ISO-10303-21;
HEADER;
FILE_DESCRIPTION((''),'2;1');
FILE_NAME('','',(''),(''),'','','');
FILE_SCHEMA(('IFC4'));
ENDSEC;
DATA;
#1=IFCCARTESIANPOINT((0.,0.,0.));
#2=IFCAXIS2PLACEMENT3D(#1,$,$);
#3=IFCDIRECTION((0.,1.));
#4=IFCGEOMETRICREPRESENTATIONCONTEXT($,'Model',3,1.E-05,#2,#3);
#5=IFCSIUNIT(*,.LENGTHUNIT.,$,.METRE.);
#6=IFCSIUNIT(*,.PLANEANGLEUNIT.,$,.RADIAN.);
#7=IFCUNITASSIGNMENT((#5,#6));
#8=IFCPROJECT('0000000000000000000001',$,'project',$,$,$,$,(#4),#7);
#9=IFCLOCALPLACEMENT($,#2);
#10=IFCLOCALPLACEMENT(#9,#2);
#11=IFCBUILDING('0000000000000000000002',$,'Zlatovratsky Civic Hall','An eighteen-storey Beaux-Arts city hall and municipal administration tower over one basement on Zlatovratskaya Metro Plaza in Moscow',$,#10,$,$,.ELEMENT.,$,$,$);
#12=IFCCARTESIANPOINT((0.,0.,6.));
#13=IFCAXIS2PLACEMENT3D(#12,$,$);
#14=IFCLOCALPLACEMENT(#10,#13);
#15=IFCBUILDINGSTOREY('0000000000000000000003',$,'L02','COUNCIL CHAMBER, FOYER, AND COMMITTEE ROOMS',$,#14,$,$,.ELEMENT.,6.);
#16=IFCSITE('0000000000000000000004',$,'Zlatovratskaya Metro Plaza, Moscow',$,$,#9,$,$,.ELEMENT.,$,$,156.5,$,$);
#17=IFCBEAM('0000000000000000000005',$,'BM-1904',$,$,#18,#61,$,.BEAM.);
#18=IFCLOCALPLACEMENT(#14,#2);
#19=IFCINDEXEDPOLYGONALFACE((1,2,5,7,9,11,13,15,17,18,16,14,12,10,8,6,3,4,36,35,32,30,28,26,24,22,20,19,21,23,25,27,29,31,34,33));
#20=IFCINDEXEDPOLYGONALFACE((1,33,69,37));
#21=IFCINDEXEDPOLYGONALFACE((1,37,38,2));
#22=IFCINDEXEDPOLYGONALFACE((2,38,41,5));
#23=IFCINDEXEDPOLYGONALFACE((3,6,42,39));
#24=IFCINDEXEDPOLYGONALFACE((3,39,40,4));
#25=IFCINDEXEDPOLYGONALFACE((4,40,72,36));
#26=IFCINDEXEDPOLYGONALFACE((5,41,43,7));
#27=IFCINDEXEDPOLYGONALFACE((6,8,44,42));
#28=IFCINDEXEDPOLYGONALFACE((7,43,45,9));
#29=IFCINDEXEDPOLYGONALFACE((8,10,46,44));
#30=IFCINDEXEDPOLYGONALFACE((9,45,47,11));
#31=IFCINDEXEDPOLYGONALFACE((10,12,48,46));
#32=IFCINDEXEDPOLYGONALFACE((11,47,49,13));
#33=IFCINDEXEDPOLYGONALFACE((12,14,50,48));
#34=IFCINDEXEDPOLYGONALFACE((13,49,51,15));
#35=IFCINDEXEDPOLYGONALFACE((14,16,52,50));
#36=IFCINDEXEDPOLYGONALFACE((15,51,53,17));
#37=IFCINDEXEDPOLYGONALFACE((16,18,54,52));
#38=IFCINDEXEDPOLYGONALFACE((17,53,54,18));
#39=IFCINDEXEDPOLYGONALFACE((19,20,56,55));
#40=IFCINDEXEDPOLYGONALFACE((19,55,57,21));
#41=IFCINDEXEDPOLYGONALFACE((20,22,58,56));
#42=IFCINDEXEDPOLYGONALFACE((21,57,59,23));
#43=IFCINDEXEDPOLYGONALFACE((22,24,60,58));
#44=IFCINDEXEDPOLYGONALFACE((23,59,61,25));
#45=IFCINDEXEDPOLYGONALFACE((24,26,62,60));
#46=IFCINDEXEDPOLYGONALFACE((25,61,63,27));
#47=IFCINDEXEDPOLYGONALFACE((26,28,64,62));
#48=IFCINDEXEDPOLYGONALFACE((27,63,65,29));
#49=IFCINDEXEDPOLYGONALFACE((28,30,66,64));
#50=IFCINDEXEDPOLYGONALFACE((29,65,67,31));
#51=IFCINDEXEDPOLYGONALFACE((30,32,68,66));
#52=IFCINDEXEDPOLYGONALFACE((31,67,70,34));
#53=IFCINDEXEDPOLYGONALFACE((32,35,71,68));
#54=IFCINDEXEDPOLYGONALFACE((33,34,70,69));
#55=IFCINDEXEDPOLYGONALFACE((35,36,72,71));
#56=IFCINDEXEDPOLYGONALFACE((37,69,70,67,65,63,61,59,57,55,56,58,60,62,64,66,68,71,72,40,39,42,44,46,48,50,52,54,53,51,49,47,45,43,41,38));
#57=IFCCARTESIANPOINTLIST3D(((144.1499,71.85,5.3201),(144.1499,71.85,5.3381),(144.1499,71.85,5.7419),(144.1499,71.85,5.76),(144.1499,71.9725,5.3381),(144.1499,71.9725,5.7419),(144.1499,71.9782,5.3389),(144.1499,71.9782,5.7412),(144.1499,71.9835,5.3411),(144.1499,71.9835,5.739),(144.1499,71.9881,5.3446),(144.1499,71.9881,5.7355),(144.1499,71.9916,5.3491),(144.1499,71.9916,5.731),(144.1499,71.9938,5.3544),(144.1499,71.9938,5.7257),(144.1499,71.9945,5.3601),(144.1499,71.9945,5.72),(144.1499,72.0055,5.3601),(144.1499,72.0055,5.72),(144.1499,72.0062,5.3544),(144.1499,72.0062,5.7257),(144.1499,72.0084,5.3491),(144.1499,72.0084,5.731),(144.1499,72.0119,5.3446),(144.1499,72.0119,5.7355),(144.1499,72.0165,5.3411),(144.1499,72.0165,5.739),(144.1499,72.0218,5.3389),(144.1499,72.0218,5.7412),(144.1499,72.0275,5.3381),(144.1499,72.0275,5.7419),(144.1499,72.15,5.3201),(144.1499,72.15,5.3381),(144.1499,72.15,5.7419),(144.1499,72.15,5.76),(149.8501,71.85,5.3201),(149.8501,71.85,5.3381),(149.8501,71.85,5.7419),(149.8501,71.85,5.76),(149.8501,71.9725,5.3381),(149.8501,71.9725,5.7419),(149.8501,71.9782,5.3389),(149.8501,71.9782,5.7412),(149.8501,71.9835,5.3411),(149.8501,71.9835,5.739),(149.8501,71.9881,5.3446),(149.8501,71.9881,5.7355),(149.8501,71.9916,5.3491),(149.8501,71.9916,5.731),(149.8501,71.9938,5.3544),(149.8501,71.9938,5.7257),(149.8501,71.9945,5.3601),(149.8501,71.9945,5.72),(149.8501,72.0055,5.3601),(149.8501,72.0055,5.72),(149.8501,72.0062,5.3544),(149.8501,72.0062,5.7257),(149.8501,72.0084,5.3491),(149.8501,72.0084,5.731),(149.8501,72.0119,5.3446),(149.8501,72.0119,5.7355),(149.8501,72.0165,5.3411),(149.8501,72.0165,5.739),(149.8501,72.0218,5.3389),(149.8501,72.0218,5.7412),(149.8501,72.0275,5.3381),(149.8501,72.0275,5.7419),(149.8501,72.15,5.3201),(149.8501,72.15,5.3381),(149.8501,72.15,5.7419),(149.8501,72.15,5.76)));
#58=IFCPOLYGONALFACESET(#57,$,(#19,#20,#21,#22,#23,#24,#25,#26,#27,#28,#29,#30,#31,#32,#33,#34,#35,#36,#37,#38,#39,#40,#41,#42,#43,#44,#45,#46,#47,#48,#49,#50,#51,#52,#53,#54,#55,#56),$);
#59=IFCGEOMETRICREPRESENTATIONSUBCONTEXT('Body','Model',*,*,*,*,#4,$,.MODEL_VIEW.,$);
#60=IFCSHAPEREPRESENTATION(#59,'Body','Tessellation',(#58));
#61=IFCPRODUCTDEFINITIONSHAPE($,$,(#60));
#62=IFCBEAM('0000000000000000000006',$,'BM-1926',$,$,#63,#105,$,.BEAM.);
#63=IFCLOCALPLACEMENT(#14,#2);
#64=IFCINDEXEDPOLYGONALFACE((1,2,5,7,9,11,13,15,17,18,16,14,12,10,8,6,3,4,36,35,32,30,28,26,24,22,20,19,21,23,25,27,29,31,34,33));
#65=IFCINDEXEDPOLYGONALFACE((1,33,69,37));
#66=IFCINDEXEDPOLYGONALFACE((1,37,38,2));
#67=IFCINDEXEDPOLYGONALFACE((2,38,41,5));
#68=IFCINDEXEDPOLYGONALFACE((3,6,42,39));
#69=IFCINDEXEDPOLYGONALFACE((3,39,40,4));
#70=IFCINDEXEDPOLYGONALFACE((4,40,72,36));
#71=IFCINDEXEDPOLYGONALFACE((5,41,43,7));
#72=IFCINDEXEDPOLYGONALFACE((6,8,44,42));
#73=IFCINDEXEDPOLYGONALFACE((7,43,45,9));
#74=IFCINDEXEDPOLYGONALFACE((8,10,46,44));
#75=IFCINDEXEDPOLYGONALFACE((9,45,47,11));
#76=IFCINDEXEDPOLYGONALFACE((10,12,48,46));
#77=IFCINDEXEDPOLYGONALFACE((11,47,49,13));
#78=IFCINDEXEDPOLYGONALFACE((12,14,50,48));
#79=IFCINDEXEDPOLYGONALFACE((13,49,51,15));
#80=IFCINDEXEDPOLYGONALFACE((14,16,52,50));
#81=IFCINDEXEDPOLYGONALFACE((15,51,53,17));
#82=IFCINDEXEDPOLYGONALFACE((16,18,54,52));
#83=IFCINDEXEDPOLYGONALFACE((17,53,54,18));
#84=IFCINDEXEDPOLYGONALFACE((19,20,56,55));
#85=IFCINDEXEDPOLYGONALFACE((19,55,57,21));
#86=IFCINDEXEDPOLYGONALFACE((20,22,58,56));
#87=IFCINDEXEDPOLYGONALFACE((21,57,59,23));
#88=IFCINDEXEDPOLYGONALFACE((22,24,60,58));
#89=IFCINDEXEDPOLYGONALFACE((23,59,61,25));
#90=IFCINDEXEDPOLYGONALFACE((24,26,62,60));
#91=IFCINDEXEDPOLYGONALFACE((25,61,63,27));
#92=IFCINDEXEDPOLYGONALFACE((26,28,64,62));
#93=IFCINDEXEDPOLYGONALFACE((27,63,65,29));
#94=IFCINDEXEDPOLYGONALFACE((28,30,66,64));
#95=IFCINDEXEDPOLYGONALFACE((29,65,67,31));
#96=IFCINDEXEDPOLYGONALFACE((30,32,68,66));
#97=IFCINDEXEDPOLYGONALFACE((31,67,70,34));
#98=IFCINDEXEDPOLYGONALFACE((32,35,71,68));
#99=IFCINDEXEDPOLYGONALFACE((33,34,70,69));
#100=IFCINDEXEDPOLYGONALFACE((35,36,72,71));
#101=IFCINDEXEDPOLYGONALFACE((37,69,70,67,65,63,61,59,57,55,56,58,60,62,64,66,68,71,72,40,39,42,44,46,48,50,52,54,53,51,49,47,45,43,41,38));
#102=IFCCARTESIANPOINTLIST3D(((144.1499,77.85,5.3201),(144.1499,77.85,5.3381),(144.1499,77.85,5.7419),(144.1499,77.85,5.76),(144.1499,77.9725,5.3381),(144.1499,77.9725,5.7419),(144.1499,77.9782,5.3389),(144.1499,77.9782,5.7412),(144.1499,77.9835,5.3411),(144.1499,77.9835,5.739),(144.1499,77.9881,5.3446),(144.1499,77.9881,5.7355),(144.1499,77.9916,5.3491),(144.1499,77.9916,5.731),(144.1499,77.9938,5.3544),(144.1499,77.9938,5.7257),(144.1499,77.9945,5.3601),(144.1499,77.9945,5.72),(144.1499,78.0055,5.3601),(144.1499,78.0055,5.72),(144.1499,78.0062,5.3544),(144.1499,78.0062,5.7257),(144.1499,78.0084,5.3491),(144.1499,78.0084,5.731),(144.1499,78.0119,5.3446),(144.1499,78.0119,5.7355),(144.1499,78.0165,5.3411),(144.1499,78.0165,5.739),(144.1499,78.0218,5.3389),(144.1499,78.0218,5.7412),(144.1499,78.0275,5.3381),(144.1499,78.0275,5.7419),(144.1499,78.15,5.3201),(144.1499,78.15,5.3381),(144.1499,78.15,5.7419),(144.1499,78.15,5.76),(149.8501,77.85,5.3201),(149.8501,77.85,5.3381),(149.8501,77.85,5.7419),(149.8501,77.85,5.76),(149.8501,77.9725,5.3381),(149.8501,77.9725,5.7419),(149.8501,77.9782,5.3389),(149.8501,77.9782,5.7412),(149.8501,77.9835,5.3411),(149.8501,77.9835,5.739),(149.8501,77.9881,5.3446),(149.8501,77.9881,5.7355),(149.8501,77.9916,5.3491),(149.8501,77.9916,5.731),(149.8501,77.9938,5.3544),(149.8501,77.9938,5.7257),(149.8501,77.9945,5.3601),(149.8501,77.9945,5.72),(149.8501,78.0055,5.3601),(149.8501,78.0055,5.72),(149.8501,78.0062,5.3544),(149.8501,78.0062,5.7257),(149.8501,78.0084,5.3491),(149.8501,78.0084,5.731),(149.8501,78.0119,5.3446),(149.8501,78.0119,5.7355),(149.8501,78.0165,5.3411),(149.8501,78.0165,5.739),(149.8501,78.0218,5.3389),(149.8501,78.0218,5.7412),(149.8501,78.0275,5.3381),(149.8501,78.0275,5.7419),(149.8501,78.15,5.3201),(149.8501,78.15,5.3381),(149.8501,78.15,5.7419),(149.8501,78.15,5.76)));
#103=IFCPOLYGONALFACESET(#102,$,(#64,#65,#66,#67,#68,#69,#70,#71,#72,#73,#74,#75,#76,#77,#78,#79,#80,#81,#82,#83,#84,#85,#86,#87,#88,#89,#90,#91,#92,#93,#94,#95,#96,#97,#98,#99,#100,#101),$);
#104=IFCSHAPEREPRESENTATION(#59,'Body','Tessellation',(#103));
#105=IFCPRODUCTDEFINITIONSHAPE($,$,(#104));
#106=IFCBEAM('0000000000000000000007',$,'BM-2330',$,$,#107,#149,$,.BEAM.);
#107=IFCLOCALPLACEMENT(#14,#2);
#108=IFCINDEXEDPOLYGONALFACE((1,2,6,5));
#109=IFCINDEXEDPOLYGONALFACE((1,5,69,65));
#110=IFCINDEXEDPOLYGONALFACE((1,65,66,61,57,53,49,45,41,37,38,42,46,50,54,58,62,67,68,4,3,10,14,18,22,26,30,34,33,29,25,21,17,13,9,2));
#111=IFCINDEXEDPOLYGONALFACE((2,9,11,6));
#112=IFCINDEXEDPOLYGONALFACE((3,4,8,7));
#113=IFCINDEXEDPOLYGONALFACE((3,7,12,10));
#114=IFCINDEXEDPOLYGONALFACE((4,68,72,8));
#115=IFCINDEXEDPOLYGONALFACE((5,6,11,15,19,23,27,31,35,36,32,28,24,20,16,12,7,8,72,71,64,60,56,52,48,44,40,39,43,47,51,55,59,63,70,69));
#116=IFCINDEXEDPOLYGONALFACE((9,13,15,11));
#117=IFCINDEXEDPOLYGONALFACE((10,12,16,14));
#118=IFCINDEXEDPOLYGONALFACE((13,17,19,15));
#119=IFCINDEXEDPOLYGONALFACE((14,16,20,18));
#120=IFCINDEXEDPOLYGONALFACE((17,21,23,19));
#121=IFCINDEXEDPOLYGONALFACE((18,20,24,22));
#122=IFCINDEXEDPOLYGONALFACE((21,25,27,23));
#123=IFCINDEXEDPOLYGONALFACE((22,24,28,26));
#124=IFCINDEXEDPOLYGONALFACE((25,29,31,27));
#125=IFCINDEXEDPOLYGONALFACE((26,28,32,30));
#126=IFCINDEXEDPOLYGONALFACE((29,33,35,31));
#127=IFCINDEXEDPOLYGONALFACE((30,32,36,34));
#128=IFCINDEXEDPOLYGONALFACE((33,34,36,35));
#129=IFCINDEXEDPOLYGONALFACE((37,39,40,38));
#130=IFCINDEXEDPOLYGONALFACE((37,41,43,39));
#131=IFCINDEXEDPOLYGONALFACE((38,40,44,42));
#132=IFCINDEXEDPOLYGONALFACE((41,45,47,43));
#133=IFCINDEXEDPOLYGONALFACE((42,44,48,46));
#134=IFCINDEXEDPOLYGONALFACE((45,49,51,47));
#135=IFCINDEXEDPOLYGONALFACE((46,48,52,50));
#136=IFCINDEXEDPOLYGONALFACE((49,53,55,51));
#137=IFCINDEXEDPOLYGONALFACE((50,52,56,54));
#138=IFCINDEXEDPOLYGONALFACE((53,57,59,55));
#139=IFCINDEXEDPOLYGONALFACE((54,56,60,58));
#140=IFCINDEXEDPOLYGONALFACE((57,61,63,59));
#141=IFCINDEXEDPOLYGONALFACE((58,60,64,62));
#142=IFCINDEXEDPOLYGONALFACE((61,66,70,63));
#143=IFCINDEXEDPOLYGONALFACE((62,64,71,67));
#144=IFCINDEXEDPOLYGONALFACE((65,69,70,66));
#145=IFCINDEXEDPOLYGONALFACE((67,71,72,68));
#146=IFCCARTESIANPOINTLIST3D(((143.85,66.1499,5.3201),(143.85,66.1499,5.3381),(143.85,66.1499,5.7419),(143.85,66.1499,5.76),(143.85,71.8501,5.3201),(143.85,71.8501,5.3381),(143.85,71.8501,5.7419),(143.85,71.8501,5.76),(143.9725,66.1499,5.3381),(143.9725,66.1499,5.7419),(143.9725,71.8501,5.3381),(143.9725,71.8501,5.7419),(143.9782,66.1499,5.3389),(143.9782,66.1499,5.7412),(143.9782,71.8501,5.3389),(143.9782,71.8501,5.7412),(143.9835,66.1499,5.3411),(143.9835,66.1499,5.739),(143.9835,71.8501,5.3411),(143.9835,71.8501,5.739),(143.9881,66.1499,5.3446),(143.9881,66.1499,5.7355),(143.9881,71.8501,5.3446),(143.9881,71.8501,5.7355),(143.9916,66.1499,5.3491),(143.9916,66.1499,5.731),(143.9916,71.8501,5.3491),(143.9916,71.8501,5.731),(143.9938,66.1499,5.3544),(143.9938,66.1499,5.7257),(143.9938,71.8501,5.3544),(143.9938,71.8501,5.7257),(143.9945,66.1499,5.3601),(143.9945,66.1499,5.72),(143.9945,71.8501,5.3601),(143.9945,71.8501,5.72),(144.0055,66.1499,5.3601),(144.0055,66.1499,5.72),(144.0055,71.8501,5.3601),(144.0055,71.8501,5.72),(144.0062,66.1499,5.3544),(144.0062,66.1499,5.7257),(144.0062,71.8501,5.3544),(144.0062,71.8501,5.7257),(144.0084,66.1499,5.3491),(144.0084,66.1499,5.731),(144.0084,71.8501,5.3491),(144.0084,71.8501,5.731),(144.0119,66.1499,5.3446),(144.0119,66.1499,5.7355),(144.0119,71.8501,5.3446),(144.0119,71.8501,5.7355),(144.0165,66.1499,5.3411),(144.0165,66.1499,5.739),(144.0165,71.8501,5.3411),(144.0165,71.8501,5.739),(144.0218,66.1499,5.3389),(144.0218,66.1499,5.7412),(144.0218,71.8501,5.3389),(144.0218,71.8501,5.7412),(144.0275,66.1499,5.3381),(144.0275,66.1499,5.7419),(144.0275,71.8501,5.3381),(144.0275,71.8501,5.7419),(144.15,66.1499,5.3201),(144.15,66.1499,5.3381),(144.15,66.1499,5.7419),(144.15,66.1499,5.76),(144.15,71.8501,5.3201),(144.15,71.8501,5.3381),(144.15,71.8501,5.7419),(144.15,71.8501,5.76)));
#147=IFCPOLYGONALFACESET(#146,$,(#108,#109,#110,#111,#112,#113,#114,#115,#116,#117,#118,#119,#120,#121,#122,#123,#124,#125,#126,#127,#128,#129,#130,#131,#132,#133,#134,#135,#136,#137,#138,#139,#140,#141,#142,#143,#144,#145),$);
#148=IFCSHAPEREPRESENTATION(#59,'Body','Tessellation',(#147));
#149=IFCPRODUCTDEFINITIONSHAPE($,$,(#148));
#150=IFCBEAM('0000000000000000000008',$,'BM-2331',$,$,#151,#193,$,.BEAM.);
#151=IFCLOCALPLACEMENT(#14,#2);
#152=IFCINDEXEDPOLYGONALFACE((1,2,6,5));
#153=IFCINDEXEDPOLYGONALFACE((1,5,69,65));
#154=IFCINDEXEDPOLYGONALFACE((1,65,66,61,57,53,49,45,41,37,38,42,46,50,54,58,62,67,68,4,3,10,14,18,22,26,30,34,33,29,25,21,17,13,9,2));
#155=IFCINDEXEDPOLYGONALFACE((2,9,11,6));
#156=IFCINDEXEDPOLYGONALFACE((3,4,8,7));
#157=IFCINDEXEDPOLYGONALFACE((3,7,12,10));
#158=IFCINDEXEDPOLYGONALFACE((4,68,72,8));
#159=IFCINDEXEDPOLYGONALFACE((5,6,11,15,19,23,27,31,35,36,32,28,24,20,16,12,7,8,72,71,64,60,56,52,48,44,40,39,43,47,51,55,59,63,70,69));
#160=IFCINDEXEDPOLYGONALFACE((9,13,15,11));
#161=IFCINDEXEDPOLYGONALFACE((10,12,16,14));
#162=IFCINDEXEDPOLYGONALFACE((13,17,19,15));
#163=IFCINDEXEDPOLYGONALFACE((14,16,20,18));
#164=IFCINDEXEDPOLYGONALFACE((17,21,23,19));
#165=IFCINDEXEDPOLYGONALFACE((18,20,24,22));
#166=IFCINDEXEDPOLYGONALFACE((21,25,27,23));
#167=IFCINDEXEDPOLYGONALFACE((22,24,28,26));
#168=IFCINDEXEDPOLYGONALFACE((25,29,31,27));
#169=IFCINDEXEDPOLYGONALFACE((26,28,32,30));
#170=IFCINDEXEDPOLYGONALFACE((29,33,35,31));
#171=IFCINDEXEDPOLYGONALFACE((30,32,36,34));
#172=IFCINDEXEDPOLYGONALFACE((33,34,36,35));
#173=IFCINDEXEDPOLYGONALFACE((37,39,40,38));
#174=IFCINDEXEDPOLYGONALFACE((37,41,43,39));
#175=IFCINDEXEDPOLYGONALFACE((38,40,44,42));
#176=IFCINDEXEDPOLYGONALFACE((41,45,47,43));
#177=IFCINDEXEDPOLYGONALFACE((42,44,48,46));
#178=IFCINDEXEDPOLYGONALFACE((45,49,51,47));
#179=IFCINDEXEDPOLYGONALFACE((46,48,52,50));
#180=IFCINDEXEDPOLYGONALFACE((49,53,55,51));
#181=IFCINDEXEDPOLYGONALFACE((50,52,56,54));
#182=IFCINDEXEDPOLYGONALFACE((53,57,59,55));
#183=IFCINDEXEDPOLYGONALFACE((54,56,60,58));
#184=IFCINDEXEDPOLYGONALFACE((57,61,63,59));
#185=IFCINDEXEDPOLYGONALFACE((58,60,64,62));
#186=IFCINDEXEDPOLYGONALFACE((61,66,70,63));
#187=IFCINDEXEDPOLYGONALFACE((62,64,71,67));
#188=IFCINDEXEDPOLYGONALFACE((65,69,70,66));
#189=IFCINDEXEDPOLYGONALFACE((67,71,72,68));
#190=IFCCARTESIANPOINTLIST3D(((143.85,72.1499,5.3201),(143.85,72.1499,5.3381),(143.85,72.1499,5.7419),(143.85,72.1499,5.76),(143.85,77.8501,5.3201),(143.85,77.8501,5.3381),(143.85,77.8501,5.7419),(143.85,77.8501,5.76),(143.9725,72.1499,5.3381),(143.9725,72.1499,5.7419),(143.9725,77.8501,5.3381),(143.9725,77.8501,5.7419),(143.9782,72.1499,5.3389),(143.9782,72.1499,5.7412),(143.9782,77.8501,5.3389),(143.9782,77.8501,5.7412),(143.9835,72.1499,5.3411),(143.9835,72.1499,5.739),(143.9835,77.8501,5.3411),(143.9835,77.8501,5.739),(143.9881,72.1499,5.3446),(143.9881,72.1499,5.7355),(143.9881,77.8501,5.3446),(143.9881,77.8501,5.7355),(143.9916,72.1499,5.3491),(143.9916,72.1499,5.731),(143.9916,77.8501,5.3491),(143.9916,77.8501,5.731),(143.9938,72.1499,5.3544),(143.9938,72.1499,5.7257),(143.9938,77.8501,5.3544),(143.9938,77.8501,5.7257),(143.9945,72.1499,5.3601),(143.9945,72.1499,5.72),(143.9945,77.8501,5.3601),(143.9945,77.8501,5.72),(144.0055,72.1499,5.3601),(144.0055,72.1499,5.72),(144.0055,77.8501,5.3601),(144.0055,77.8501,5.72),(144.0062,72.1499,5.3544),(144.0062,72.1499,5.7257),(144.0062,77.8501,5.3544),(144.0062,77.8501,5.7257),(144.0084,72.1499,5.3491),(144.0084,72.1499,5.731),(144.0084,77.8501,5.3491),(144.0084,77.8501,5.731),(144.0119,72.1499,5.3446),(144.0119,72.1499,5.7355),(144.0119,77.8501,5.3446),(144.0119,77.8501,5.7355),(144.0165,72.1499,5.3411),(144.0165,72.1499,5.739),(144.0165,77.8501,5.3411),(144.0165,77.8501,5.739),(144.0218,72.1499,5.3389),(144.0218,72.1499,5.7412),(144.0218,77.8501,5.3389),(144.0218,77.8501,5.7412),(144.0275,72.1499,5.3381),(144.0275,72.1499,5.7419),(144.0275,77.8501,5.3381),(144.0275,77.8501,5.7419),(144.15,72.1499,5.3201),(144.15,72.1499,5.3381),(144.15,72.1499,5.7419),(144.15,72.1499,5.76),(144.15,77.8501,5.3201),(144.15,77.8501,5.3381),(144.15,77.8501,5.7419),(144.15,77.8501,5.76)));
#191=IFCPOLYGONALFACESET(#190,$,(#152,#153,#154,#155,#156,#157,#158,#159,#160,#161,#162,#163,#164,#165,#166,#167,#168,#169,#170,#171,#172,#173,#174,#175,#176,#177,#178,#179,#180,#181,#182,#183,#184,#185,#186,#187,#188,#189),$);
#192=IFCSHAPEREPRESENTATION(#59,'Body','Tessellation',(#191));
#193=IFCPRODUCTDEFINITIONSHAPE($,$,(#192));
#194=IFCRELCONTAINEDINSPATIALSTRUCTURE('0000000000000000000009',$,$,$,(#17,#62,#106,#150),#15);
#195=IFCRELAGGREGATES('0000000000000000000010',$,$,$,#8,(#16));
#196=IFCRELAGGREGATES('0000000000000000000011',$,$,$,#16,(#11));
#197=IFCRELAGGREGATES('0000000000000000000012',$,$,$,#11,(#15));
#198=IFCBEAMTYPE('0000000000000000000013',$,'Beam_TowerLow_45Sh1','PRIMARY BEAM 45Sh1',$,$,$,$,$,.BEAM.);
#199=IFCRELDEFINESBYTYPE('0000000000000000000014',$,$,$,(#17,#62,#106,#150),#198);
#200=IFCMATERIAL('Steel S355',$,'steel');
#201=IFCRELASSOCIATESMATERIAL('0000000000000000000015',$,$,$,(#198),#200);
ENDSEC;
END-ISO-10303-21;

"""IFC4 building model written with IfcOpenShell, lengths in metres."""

from ifc_helpers import new_model, si_unit, direction, frame, origin, origin_2d, place, context, subcontext, project, spatial, i_section, extrude, material, material_profile, profile_set, type_object, element, save


model = new_model("IFC4")

# Units and contexts
model_context = context("Model", 3, precision=1e-05, world=origin(), true_north=direction((0.0, 1.0)))
body_context = subcontext(model_context, "Body", "Model", "MODEL_VIEW")
ifc_project = project(units=[si_unit("LENGTHUNIT", "METRE"), si_unit("PLANEANGLEUNIT", "RADIAN")], contexts=[model_context])

# Site, building, storey
site_placement = place(None, origin())
site = spatial("IfcSite", under=ifc_project, at=site_placement, Name="Zlatovratskaya Metro Plaza, Moscow", CompositionType="ELEMENT", RefElevation=156.5)
building_placement = place(site_placement, origin())
building = spatial("IfcBuilding", under=site, at=building_placement, Name="Zlatovratsky Civic Hall", Description="An eighteen-storey Beaux-Arts city hall and municipal administration tower over one basement on Zlatovratskaya Metro Plaza in Moscow", CompositionType="ELEMENT")
storey_placement = place(building_placement, frame((0.0, 0.0, 6.0)))
storey = spatial("IfcBuildingStorey", under=building, at=storey_placement, Name="L02", Description="COUNCIL CHAMBER, FOYER, AND COMMITTEE ROOMS", CompositionType="ELEMENT", Elevation=6.0)

# Shared definitions
ifc_material_1 = material(Name="Steel S355", Category="steel")

# Beams
ifc_material_profile_1 = material_profile(ifc_material_1, i_section(OverallWidth=0.3, OverallDepth=0.4399, WebThickness=0.011, FlangeThickness=0.0181, FilletRadius=0.022, at=origin_2d()), Name="45Sh1")
ifc_profile_set_1 = profile_set([ifc_material_profile_1], Name="Steel S355")
beam_type_1 = type_object("IfcBeamType", Name="Beam_TowerLow_45Sh1", Description="PRIMARY BEAM 45Sh1", PredefinedType="BEAM", material=ifc_profile_set_1)
for number, where, z_axis, x_axis, name in (
    (1, (144.1499, 72.0, 5.54), (1.0, 0.0, 0.0), (0.0, 1.0, 0.0), "BM-1904"),
    (2, (144.1499, 78.0, 5.54), (1.0, 0.0, 0.0), (0.0, 1.0, 0.0), "BM-1926"),
    (3, (144.0, 66.1499, 5.54), (0.0, 1.0, 0.0), (-1.0, 0.0, 0.0), "BM-2330"),
    (4, (144.0, 72.1499, 5.54), (0.0, 1.0, 0.0), (-1.0, 0.0, 0.0), "BM-2331"),
):
    element("IfcBeam", number, at=place(storey_placement, frame(where, z_axis=z_axis, x_axis=x_axis)), inside=storey, type_object=beam_type_1, Name=name, PredefinedType="BEAM", context=body_context, shape_type="SweptSolid", body=[
        extrude(i_section(OverallWidth=0.3, OverallDepth=0.4399, WebThickness=0.011, FlangeThickness=0.0181, FilletRadius=0.022, at=origin_2d()), origin(), (0.0, 0.0, 1.0), 5.7002),
    ])

save(model, "model.ifc")
